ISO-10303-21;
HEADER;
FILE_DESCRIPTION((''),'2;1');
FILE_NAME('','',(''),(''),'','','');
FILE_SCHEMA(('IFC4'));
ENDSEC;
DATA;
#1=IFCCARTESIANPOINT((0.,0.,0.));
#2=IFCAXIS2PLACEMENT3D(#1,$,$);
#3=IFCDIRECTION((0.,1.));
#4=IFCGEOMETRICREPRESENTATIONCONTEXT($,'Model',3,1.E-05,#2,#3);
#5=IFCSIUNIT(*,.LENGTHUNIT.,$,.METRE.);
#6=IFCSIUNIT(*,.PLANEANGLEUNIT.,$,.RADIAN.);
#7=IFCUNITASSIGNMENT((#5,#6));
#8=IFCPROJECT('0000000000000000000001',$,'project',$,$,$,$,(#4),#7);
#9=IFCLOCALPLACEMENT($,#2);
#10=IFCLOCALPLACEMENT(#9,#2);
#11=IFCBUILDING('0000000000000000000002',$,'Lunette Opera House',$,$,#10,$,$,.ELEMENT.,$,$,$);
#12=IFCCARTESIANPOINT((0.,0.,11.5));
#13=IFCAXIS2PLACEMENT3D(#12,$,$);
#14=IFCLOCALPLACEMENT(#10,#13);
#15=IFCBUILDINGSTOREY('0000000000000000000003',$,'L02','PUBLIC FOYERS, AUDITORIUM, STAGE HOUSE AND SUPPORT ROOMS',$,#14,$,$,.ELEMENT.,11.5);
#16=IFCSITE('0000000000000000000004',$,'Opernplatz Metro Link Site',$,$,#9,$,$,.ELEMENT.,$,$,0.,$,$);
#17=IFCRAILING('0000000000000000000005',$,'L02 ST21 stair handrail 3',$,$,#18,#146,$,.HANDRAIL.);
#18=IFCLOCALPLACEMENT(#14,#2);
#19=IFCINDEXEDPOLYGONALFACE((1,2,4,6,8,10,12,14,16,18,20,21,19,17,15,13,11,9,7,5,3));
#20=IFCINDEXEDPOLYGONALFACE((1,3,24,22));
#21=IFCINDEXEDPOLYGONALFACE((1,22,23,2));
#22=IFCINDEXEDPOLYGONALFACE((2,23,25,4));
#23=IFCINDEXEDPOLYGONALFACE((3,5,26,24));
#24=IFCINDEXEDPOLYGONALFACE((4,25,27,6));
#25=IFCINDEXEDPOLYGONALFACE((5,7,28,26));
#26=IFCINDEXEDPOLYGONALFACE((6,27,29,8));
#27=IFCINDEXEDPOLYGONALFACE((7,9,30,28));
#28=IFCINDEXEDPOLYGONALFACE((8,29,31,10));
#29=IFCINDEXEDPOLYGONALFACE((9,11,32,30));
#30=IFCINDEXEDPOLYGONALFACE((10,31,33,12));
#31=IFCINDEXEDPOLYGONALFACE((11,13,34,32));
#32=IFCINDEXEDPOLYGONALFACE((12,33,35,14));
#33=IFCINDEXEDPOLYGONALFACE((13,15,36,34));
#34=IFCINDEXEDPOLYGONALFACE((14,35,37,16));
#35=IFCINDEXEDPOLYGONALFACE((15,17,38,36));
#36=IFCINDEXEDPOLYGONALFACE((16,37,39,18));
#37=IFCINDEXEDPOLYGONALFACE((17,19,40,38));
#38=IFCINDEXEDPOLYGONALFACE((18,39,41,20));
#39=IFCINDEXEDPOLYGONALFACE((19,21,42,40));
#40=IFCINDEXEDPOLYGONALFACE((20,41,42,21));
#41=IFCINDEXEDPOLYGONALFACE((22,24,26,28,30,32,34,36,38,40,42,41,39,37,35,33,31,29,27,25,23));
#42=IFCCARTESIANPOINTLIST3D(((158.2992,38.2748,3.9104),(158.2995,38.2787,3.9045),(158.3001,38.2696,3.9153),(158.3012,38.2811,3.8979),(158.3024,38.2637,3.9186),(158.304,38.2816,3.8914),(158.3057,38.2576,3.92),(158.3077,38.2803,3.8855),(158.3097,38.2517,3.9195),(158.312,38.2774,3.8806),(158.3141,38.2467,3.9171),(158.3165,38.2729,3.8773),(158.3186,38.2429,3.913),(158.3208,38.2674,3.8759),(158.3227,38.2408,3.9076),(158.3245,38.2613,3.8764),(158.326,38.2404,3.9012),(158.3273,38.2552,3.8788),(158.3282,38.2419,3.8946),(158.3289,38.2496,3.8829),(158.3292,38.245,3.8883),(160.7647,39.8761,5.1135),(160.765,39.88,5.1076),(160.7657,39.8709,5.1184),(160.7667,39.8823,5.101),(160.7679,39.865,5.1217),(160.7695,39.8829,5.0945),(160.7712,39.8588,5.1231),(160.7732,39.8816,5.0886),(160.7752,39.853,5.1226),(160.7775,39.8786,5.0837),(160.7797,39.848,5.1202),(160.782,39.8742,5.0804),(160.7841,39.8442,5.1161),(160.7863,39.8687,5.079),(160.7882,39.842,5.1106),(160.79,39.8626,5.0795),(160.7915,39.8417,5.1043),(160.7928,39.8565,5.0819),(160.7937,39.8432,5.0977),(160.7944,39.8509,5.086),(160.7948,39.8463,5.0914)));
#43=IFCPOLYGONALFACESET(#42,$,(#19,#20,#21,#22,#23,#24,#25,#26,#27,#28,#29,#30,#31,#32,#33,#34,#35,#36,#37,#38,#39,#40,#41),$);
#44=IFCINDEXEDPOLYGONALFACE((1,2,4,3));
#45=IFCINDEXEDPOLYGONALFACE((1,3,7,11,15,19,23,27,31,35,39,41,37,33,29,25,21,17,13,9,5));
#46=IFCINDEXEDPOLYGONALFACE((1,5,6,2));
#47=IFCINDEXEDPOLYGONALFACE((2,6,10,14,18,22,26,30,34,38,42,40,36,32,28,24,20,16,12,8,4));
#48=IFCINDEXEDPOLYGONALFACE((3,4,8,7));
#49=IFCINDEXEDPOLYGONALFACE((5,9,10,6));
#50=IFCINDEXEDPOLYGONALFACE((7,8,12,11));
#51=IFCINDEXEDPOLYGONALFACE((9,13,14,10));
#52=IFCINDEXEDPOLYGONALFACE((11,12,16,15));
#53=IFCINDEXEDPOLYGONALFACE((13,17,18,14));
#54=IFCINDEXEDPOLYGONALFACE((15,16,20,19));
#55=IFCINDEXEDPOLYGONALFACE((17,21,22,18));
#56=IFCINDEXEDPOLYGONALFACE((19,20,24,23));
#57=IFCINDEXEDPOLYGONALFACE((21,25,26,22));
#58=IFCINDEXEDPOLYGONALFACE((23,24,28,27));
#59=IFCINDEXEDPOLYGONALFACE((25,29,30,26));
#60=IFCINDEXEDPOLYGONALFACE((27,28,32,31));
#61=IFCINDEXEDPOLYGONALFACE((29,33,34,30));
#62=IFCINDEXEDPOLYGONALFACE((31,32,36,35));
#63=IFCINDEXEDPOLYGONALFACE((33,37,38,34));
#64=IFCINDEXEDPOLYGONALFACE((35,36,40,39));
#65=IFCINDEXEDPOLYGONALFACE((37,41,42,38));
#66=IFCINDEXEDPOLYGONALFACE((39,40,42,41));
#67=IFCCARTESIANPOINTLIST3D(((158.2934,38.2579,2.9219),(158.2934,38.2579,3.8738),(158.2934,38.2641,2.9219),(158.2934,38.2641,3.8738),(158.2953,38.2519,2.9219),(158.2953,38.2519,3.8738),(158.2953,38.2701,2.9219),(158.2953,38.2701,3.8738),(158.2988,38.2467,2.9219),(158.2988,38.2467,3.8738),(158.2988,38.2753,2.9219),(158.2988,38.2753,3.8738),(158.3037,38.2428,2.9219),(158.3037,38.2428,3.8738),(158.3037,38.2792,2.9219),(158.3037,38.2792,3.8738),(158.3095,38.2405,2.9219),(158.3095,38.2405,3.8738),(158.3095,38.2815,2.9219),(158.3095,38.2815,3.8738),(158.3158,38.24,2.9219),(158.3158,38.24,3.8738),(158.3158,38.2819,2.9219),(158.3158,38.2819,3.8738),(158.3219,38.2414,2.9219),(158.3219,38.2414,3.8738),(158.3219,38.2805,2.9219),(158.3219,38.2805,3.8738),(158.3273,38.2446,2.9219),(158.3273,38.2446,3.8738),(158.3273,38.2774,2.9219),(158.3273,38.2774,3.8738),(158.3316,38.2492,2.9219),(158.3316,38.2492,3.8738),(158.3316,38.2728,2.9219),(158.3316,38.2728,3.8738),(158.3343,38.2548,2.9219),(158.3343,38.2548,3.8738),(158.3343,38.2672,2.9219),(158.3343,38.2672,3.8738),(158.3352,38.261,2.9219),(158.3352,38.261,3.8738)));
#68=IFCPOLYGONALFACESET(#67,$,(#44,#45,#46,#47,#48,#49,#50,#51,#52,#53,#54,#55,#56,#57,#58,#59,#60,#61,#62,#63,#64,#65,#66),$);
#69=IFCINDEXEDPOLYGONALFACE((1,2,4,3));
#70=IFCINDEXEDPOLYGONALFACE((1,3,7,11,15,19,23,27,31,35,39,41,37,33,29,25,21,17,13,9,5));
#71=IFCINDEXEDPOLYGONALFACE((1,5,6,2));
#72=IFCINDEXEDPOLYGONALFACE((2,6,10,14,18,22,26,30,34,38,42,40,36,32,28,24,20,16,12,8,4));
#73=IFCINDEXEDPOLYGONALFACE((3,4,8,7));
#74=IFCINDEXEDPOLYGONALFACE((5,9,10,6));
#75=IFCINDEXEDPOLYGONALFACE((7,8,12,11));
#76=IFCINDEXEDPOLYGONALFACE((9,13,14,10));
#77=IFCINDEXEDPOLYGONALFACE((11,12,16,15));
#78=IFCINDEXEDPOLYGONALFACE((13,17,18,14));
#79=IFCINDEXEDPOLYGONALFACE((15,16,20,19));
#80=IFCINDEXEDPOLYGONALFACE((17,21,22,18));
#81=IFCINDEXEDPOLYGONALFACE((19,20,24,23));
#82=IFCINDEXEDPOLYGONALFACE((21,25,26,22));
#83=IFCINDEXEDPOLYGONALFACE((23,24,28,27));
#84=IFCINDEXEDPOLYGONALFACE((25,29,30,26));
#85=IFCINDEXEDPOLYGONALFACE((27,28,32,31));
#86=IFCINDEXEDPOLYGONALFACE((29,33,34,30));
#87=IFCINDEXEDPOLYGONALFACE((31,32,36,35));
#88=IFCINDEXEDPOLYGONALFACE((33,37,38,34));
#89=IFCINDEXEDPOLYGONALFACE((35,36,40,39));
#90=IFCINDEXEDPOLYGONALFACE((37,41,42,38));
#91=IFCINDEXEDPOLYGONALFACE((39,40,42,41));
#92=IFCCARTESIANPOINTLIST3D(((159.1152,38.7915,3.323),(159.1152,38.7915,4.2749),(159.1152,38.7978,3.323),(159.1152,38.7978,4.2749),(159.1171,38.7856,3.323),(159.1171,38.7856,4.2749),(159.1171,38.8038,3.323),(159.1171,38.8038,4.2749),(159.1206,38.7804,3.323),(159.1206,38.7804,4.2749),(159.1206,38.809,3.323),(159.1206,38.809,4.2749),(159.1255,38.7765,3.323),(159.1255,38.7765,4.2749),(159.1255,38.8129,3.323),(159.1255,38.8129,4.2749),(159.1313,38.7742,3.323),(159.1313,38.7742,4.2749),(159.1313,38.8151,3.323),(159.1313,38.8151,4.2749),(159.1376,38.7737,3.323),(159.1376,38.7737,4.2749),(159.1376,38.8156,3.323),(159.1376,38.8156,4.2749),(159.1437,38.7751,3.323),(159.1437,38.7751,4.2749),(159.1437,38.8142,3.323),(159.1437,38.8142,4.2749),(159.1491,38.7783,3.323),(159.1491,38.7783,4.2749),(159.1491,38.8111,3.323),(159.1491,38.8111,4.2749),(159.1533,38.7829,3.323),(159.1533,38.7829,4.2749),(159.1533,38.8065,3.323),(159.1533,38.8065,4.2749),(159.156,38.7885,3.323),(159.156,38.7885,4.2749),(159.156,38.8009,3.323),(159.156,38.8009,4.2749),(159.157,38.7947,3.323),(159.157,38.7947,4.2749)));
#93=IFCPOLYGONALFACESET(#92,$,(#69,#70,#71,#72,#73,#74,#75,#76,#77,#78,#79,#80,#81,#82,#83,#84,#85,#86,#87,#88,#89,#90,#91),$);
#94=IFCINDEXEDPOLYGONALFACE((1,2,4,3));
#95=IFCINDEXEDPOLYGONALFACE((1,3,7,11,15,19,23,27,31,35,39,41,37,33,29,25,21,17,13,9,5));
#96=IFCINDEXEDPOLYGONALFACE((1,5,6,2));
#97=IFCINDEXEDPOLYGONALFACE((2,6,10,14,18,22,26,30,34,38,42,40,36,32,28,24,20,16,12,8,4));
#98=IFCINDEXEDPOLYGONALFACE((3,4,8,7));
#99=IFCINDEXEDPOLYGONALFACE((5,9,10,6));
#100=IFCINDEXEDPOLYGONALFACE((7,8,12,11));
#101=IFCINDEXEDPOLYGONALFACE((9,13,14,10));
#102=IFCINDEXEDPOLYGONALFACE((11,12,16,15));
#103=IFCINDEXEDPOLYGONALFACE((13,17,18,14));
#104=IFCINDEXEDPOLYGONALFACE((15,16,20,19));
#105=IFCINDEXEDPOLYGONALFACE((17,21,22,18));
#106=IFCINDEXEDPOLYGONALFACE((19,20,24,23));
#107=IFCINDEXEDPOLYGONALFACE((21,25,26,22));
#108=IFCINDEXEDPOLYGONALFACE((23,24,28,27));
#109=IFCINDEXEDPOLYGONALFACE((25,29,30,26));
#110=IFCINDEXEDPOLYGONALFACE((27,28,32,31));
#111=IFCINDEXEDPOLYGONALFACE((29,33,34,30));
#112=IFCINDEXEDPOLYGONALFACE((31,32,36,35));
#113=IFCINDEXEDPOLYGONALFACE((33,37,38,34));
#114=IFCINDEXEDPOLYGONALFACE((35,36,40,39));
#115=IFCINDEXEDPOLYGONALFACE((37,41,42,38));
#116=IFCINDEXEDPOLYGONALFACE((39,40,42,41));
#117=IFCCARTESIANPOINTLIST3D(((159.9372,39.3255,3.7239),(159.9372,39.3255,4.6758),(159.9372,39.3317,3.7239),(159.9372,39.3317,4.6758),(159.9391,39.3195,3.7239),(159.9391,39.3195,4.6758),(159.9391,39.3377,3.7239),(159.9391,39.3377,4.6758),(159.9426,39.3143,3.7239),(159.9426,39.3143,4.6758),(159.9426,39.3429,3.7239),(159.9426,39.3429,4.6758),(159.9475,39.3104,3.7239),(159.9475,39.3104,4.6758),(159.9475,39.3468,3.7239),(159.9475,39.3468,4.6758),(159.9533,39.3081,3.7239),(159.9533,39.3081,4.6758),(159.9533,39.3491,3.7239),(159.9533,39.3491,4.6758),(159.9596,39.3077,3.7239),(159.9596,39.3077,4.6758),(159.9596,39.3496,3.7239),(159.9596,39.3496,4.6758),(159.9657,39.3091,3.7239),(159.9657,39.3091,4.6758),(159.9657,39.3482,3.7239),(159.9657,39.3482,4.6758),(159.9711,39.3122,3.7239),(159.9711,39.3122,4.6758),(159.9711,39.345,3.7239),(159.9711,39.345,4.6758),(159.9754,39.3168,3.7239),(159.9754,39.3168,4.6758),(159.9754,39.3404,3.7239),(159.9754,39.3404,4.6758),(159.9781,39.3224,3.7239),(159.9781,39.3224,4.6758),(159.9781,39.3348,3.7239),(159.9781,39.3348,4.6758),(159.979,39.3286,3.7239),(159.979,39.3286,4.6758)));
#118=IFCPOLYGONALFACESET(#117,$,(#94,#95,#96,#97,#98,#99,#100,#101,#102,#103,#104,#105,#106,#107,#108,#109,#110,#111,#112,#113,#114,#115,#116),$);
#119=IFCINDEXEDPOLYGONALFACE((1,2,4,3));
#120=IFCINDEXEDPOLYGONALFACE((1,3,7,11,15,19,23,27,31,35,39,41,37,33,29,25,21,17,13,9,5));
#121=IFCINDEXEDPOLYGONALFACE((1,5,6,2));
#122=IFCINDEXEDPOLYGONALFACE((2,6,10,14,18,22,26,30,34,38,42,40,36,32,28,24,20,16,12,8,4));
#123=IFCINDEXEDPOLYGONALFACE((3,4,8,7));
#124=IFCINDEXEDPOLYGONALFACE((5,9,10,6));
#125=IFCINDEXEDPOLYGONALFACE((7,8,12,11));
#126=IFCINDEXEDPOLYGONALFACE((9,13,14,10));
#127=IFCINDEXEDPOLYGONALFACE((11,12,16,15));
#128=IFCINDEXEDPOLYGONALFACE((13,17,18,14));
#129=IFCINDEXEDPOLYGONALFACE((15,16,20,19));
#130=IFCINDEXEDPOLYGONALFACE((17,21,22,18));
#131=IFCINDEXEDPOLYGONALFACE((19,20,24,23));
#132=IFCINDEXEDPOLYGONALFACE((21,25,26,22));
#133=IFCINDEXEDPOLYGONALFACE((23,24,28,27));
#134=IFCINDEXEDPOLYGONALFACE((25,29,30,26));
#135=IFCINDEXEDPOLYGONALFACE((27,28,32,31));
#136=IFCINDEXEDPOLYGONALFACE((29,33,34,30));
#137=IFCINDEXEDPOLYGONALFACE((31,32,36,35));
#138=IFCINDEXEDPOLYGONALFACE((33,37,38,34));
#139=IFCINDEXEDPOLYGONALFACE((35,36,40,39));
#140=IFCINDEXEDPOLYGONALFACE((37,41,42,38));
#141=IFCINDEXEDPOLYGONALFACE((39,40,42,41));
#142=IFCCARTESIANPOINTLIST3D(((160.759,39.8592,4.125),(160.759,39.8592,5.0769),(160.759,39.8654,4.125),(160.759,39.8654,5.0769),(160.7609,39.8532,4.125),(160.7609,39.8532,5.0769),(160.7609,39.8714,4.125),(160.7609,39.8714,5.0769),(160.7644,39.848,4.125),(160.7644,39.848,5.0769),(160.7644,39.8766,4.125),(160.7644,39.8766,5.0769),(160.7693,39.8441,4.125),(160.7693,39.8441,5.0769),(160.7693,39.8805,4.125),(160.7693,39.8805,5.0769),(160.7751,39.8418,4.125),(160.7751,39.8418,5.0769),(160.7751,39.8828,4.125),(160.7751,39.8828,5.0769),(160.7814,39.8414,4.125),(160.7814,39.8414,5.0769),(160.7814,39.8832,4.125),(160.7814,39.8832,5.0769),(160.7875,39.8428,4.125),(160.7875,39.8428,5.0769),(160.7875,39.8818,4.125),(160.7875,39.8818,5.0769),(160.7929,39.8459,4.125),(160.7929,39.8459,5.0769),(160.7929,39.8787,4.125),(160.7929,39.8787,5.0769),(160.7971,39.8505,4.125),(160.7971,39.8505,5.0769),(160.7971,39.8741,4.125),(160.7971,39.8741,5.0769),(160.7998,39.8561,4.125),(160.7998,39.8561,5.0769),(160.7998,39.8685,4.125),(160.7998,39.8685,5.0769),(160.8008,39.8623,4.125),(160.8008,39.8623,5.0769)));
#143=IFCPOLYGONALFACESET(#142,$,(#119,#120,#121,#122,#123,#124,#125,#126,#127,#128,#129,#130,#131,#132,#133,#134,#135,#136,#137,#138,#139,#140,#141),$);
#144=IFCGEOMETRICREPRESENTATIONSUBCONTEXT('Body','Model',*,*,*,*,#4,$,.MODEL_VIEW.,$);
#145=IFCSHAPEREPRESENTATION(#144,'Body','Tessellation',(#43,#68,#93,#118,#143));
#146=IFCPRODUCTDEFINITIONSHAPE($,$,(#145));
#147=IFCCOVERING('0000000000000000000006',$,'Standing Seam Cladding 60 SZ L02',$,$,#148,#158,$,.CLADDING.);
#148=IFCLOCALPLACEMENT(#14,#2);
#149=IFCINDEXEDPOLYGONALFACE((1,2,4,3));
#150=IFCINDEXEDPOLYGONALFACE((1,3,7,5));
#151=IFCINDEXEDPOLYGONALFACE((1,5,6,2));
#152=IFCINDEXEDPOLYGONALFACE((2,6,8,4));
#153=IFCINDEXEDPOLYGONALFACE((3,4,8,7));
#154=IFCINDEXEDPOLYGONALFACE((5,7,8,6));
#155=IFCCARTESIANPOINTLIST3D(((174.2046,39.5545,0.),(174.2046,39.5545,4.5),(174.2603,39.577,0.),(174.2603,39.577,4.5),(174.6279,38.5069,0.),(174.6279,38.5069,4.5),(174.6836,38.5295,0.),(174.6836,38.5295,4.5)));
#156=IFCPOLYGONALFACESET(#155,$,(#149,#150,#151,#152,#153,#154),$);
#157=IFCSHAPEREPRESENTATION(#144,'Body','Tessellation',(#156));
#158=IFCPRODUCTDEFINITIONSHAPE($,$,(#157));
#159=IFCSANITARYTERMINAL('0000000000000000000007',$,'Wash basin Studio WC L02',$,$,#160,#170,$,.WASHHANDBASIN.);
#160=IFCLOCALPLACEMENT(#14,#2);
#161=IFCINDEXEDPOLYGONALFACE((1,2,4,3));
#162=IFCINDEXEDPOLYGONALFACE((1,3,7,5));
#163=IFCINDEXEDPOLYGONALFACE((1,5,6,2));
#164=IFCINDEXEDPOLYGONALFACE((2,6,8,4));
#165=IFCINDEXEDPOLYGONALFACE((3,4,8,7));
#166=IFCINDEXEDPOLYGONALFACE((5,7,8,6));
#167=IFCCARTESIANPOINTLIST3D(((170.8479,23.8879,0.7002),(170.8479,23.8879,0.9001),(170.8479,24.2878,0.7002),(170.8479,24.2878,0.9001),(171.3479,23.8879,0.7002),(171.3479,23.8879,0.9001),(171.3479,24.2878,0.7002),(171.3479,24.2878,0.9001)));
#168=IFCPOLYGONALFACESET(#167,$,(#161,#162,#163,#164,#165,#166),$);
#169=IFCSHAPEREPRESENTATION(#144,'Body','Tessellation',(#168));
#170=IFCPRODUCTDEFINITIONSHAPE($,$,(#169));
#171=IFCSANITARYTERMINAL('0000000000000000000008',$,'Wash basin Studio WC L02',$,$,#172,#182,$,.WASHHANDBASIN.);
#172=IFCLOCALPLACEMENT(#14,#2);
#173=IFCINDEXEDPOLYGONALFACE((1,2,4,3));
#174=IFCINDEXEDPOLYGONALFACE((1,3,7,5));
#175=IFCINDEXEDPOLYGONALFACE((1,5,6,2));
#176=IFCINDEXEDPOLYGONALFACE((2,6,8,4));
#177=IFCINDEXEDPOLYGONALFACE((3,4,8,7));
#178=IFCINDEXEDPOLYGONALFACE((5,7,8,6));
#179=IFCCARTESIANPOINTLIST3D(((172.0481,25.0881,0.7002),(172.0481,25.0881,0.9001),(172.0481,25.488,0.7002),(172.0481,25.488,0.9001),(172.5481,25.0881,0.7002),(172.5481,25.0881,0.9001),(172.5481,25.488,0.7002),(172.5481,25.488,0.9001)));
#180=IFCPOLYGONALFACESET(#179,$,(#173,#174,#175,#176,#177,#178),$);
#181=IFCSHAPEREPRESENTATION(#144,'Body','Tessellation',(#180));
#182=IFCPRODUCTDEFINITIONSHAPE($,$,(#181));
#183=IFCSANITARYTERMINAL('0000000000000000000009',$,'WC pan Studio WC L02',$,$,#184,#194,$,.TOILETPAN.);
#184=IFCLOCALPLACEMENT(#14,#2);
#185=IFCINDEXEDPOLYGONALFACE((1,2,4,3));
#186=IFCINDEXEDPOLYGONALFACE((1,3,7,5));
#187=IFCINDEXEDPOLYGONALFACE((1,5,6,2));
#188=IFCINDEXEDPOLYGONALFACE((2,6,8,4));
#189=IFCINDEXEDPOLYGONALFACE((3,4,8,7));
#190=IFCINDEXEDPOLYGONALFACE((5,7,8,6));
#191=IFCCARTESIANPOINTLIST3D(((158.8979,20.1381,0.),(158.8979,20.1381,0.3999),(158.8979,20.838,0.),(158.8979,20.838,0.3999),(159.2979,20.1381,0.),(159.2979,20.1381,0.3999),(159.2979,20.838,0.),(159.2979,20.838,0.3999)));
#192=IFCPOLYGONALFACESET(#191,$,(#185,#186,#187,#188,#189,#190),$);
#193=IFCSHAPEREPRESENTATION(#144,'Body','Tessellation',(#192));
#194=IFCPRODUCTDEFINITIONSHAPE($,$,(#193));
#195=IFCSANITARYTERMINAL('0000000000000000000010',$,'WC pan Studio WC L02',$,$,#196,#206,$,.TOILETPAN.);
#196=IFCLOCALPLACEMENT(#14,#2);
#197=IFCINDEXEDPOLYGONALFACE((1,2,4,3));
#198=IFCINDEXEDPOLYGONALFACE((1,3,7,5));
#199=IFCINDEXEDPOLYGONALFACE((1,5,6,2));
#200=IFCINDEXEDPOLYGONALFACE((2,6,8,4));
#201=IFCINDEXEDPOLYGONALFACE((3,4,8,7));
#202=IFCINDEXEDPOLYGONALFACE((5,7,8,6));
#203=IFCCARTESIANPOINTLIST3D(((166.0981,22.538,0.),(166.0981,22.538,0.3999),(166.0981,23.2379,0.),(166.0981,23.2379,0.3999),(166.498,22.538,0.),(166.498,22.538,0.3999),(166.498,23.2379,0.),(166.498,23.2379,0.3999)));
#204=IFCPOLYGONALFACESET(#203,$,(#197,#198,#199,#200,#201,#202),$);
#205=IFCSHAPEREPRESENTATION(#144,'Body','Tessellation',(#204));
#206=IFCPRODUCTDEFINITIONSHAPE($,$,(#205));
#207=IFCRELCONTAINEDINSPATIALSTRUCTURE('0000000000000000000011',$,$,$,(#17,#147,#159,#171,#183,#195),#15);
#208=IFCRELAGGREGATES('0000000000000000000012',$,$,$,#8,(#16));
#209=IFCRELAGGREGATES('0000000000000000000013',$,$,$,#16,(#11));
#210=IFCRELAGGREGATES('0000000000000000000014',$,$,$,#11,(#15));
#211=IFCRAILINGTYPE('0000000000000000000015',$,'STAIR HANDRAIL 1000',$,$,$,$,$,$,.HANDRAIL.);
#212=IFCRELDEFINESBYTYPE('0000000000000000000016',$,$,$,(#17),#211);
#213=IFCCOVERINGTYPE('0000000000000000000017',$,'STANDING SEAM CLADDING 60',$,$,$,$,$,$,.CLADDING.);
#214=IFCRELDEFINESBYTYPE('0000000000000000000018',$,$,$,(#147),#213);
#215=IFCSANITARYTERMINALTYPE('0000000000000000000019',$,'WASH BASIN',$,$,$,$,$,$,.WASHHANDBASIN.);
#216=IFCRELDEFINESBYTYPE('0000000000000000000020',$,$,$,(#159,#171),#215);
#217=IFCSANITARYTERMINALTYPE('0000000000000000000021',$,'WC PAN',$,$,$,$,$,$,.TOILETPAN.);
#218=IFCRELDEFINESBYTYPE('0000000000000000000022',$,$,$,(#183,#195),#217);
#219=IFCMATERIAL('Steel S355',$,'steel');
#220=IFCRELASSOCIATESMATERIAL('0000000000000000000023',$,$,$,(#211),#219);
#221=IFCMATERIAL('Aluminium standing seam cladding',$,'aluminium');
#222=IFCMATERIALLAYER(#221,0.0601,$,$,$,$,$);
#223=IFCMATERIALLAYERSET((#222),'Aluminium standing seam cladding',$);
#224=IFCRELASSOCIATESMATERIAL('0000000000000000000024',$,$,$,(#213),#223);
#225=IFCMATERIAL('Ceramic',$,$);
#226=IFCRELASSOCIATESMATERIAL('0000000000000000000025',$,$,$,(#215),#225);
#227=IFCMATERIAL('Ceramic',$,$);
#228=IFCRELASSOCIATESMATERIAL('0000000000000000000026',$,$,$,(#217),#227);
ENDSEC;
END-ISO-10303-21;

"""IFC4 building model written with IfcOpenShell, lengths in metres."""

from ifc_helpers import new_model, si_unit, direction, frame, origin, origin_2d, place, context, subcontext, project, spatial, rectangle, circle, extrude, material, layer, layer_set, type_object, element, save


model = new_model("IFC4")

# Units and contexts
model_context = context("Model", 3, precision=1e-05, world=origin(), true_north=direction((0.0, 1.0)))
body_context = subcontext(model_context, "Body", "Model", "MODEL_VIEW")
ifc_project = project(units=[si_unit("LENGTHUNIT", "METRE"), si_unit("PLANEANGLEUNIT", "RADIAN")], contexts=[model_context])

# Site, building, storey
site_placement = place(None, origin())
site = spatial("IfcSite", under=ifc_project, at=site_placement, Name="Opernplatz Metro Link Site", CompositionType="ELEMENT", RefElevation=0.0)
building_placement = place(site_placement, origin())
building = spatial("IfcBuilding", under=site, at=building_placement, Name="Lunette Opera House", CompositionType="ELEMENT")
storey_placement = place(building_placement, frame((0.0, 0.0, 11.5)))
storey = spatial("IfcBuildingStorey", under=building, at=storey_placement, Name="L02", Description="PUBLIC FOYERS, AUDITORIUM, STAGE HOUSE AND SUPPORT ROOMS", CompositionType="ELEMENT", Elevation=11.5)

# Railing
ifc_material_1 = material(Name="Steel S355", Category="steel")
railing_type = type_object("IfcRailingType", Name="STAIR HANDRAIL 1000", PredefinedType="HANDRAIL", material=ifc_material_1)
for number, where, name in (
    (1, (158.3142, 38.261, 2.9219), "L02 ST21 stair handrail 3"),
):
    element("IfcRailing", number, at=place(storey_placement, frame(where)), inside=storey, type_object=railing_type, Name=name, PredefinedType="HANDRAIL", context=body_context, shape_type="SweptSolid", body=[
        extrude(circle(Radius=0.0239, at=origin_2d()), frame((0.0, 0.0, 0.9761), z_axis=(0.776168, 0.504098, 0.378746), x_axis=(-0.544676, 0.838647, 0.0)), (0.0, 0.0, 1.0), 3.1765),
        extrude(circle(Radius=0.021, at=origin_2d()), origin(), (0.0, 0.0, 1.0), 0.9519),
        extrude(circle(Radius=0.021, at=origin_2d()), frame((0.8218, 0.5337, 0.4011)), (0.0, 0.0, 1.0), 0.9519),
        extrude(circle(Radius=0.021, at=origin_2d()), frame((1.6438, 1.0676, 0.802)), (0.0, 0.0, 1.0), 0.9519),
        extrude(circle(Radius=0.021, at=origin_2d()), frame((2.4656, 1.6013, 1.2031)), (0.0, 0.0, 1.0), 0.9519),
    ])

# Covering
ifc_material_2 = material(Name="Aluminium standing seam cladding", Category="aluminium")
ifc_layer_1 = layer(ifc_material_2, 0.0601)
ifc_layer_set_1 = layer_set([ifc_layer_1], Name="Aluminium standing seam cladding")
covering_type = type_object("IfcCoveringType", Name="STANDING SEAM CLADDING 60", PredefinedType="CLADDING", material=ifc_layer_set_1)
covering_placement = place(storey_placement, frame((174.4441, 39.042, 0.0), z_axis=(0.0, 0.0, 1.0), x_axis=(-0.374658, 0.927163, 0.0)))
element("IfcCovering", 2, at=covering_placement, inside=storey, type_object=covering_type, Name="Standing Seam Cladding 60 SZ L02", PredefinedType="CLADDING", context=body_context, shape_type="SweptSolid", body=[
    extrude(rectangle(XDim=1.1299, YDim=0.0601, at=origin_2d()), origin(), (0.0, 0.0, 1.0), 4.5),
])

# Sanitary terminals
ifc_material_3 = material(Name="Ceramic")
sanitary_terminal_type_1 = type_object("IfcSanitaryTerminalType", Name="WASH BASIN", PredefinedType="WASHHANDBASIN", material=ifc_material_3)
for number, where, z_axis, x_axis, name in (
    (3, (171.0979, 24.0879, 0.7002), (0.0, 0.0, 1.0), (1.0, 0.0, 0.0), "Wash basin Studio WC L02"),
    (4, (172.2981, 25.2881, 0.7002), (0.0, 0.0, 1.0), (1.0, 0.0, 0.0), "Wash basin Studio WC L02"),
):
    element("IfcSanitaryTerminal", number, at=place(storey_placement, frame(where, z_axis=z_axis, x_axis=x_axis)), inside=storey, type_object=sanitary_terminal_type_1, Name=name, PredefinedType="WASHHANDBASIN", context=body_context, shape_type="SweptSolid", body=[
        extrude(rectangle(XDim=0.5, YDim=0.3999, at=origin_2d()), origin(), (0.0, 0.0, 1.0), 0.2),
    ])
ifc_material_4 = material(Name="Ceramic")
sanitary_terminal_type_2 = type_object("IfcSanitaryTerminalType", Name="WC PAN", PredefinedType="TOILETPAN", material=ifc_material_4)
for number, where, z_axis, x_axis, name in (
    (5, (159.0979, 20.488, 0.0), (0.0, 0.0, 1.0), (1.0, 0.0, 0.0), "WC pan Studio WC L02"),
    (6, (166.2981, 22.8879, 0.0), (0.0, 0.0, 1.0), (1.0, 0.0, 0.0), "WC pan Studio WC L02"),
):
    element("IfcSanitaryTerminal", number, at=place(storey_placement, frame(where, z_axis=z_axis, x_axis=x_axis)), inside=storey, type_object=sanitary_terminal_type_2, Name=name, PredefinedType="TOILETPAN", context=body_context, shape_type="SweptSolid", body=[
        extrude(rectangle(XDim=0.3999, YDim=0.7, at=origin_2d()), origin(), (0.0, 0.0, 1.0), 0.3999),
    ])

save(model, "model.ifc")
